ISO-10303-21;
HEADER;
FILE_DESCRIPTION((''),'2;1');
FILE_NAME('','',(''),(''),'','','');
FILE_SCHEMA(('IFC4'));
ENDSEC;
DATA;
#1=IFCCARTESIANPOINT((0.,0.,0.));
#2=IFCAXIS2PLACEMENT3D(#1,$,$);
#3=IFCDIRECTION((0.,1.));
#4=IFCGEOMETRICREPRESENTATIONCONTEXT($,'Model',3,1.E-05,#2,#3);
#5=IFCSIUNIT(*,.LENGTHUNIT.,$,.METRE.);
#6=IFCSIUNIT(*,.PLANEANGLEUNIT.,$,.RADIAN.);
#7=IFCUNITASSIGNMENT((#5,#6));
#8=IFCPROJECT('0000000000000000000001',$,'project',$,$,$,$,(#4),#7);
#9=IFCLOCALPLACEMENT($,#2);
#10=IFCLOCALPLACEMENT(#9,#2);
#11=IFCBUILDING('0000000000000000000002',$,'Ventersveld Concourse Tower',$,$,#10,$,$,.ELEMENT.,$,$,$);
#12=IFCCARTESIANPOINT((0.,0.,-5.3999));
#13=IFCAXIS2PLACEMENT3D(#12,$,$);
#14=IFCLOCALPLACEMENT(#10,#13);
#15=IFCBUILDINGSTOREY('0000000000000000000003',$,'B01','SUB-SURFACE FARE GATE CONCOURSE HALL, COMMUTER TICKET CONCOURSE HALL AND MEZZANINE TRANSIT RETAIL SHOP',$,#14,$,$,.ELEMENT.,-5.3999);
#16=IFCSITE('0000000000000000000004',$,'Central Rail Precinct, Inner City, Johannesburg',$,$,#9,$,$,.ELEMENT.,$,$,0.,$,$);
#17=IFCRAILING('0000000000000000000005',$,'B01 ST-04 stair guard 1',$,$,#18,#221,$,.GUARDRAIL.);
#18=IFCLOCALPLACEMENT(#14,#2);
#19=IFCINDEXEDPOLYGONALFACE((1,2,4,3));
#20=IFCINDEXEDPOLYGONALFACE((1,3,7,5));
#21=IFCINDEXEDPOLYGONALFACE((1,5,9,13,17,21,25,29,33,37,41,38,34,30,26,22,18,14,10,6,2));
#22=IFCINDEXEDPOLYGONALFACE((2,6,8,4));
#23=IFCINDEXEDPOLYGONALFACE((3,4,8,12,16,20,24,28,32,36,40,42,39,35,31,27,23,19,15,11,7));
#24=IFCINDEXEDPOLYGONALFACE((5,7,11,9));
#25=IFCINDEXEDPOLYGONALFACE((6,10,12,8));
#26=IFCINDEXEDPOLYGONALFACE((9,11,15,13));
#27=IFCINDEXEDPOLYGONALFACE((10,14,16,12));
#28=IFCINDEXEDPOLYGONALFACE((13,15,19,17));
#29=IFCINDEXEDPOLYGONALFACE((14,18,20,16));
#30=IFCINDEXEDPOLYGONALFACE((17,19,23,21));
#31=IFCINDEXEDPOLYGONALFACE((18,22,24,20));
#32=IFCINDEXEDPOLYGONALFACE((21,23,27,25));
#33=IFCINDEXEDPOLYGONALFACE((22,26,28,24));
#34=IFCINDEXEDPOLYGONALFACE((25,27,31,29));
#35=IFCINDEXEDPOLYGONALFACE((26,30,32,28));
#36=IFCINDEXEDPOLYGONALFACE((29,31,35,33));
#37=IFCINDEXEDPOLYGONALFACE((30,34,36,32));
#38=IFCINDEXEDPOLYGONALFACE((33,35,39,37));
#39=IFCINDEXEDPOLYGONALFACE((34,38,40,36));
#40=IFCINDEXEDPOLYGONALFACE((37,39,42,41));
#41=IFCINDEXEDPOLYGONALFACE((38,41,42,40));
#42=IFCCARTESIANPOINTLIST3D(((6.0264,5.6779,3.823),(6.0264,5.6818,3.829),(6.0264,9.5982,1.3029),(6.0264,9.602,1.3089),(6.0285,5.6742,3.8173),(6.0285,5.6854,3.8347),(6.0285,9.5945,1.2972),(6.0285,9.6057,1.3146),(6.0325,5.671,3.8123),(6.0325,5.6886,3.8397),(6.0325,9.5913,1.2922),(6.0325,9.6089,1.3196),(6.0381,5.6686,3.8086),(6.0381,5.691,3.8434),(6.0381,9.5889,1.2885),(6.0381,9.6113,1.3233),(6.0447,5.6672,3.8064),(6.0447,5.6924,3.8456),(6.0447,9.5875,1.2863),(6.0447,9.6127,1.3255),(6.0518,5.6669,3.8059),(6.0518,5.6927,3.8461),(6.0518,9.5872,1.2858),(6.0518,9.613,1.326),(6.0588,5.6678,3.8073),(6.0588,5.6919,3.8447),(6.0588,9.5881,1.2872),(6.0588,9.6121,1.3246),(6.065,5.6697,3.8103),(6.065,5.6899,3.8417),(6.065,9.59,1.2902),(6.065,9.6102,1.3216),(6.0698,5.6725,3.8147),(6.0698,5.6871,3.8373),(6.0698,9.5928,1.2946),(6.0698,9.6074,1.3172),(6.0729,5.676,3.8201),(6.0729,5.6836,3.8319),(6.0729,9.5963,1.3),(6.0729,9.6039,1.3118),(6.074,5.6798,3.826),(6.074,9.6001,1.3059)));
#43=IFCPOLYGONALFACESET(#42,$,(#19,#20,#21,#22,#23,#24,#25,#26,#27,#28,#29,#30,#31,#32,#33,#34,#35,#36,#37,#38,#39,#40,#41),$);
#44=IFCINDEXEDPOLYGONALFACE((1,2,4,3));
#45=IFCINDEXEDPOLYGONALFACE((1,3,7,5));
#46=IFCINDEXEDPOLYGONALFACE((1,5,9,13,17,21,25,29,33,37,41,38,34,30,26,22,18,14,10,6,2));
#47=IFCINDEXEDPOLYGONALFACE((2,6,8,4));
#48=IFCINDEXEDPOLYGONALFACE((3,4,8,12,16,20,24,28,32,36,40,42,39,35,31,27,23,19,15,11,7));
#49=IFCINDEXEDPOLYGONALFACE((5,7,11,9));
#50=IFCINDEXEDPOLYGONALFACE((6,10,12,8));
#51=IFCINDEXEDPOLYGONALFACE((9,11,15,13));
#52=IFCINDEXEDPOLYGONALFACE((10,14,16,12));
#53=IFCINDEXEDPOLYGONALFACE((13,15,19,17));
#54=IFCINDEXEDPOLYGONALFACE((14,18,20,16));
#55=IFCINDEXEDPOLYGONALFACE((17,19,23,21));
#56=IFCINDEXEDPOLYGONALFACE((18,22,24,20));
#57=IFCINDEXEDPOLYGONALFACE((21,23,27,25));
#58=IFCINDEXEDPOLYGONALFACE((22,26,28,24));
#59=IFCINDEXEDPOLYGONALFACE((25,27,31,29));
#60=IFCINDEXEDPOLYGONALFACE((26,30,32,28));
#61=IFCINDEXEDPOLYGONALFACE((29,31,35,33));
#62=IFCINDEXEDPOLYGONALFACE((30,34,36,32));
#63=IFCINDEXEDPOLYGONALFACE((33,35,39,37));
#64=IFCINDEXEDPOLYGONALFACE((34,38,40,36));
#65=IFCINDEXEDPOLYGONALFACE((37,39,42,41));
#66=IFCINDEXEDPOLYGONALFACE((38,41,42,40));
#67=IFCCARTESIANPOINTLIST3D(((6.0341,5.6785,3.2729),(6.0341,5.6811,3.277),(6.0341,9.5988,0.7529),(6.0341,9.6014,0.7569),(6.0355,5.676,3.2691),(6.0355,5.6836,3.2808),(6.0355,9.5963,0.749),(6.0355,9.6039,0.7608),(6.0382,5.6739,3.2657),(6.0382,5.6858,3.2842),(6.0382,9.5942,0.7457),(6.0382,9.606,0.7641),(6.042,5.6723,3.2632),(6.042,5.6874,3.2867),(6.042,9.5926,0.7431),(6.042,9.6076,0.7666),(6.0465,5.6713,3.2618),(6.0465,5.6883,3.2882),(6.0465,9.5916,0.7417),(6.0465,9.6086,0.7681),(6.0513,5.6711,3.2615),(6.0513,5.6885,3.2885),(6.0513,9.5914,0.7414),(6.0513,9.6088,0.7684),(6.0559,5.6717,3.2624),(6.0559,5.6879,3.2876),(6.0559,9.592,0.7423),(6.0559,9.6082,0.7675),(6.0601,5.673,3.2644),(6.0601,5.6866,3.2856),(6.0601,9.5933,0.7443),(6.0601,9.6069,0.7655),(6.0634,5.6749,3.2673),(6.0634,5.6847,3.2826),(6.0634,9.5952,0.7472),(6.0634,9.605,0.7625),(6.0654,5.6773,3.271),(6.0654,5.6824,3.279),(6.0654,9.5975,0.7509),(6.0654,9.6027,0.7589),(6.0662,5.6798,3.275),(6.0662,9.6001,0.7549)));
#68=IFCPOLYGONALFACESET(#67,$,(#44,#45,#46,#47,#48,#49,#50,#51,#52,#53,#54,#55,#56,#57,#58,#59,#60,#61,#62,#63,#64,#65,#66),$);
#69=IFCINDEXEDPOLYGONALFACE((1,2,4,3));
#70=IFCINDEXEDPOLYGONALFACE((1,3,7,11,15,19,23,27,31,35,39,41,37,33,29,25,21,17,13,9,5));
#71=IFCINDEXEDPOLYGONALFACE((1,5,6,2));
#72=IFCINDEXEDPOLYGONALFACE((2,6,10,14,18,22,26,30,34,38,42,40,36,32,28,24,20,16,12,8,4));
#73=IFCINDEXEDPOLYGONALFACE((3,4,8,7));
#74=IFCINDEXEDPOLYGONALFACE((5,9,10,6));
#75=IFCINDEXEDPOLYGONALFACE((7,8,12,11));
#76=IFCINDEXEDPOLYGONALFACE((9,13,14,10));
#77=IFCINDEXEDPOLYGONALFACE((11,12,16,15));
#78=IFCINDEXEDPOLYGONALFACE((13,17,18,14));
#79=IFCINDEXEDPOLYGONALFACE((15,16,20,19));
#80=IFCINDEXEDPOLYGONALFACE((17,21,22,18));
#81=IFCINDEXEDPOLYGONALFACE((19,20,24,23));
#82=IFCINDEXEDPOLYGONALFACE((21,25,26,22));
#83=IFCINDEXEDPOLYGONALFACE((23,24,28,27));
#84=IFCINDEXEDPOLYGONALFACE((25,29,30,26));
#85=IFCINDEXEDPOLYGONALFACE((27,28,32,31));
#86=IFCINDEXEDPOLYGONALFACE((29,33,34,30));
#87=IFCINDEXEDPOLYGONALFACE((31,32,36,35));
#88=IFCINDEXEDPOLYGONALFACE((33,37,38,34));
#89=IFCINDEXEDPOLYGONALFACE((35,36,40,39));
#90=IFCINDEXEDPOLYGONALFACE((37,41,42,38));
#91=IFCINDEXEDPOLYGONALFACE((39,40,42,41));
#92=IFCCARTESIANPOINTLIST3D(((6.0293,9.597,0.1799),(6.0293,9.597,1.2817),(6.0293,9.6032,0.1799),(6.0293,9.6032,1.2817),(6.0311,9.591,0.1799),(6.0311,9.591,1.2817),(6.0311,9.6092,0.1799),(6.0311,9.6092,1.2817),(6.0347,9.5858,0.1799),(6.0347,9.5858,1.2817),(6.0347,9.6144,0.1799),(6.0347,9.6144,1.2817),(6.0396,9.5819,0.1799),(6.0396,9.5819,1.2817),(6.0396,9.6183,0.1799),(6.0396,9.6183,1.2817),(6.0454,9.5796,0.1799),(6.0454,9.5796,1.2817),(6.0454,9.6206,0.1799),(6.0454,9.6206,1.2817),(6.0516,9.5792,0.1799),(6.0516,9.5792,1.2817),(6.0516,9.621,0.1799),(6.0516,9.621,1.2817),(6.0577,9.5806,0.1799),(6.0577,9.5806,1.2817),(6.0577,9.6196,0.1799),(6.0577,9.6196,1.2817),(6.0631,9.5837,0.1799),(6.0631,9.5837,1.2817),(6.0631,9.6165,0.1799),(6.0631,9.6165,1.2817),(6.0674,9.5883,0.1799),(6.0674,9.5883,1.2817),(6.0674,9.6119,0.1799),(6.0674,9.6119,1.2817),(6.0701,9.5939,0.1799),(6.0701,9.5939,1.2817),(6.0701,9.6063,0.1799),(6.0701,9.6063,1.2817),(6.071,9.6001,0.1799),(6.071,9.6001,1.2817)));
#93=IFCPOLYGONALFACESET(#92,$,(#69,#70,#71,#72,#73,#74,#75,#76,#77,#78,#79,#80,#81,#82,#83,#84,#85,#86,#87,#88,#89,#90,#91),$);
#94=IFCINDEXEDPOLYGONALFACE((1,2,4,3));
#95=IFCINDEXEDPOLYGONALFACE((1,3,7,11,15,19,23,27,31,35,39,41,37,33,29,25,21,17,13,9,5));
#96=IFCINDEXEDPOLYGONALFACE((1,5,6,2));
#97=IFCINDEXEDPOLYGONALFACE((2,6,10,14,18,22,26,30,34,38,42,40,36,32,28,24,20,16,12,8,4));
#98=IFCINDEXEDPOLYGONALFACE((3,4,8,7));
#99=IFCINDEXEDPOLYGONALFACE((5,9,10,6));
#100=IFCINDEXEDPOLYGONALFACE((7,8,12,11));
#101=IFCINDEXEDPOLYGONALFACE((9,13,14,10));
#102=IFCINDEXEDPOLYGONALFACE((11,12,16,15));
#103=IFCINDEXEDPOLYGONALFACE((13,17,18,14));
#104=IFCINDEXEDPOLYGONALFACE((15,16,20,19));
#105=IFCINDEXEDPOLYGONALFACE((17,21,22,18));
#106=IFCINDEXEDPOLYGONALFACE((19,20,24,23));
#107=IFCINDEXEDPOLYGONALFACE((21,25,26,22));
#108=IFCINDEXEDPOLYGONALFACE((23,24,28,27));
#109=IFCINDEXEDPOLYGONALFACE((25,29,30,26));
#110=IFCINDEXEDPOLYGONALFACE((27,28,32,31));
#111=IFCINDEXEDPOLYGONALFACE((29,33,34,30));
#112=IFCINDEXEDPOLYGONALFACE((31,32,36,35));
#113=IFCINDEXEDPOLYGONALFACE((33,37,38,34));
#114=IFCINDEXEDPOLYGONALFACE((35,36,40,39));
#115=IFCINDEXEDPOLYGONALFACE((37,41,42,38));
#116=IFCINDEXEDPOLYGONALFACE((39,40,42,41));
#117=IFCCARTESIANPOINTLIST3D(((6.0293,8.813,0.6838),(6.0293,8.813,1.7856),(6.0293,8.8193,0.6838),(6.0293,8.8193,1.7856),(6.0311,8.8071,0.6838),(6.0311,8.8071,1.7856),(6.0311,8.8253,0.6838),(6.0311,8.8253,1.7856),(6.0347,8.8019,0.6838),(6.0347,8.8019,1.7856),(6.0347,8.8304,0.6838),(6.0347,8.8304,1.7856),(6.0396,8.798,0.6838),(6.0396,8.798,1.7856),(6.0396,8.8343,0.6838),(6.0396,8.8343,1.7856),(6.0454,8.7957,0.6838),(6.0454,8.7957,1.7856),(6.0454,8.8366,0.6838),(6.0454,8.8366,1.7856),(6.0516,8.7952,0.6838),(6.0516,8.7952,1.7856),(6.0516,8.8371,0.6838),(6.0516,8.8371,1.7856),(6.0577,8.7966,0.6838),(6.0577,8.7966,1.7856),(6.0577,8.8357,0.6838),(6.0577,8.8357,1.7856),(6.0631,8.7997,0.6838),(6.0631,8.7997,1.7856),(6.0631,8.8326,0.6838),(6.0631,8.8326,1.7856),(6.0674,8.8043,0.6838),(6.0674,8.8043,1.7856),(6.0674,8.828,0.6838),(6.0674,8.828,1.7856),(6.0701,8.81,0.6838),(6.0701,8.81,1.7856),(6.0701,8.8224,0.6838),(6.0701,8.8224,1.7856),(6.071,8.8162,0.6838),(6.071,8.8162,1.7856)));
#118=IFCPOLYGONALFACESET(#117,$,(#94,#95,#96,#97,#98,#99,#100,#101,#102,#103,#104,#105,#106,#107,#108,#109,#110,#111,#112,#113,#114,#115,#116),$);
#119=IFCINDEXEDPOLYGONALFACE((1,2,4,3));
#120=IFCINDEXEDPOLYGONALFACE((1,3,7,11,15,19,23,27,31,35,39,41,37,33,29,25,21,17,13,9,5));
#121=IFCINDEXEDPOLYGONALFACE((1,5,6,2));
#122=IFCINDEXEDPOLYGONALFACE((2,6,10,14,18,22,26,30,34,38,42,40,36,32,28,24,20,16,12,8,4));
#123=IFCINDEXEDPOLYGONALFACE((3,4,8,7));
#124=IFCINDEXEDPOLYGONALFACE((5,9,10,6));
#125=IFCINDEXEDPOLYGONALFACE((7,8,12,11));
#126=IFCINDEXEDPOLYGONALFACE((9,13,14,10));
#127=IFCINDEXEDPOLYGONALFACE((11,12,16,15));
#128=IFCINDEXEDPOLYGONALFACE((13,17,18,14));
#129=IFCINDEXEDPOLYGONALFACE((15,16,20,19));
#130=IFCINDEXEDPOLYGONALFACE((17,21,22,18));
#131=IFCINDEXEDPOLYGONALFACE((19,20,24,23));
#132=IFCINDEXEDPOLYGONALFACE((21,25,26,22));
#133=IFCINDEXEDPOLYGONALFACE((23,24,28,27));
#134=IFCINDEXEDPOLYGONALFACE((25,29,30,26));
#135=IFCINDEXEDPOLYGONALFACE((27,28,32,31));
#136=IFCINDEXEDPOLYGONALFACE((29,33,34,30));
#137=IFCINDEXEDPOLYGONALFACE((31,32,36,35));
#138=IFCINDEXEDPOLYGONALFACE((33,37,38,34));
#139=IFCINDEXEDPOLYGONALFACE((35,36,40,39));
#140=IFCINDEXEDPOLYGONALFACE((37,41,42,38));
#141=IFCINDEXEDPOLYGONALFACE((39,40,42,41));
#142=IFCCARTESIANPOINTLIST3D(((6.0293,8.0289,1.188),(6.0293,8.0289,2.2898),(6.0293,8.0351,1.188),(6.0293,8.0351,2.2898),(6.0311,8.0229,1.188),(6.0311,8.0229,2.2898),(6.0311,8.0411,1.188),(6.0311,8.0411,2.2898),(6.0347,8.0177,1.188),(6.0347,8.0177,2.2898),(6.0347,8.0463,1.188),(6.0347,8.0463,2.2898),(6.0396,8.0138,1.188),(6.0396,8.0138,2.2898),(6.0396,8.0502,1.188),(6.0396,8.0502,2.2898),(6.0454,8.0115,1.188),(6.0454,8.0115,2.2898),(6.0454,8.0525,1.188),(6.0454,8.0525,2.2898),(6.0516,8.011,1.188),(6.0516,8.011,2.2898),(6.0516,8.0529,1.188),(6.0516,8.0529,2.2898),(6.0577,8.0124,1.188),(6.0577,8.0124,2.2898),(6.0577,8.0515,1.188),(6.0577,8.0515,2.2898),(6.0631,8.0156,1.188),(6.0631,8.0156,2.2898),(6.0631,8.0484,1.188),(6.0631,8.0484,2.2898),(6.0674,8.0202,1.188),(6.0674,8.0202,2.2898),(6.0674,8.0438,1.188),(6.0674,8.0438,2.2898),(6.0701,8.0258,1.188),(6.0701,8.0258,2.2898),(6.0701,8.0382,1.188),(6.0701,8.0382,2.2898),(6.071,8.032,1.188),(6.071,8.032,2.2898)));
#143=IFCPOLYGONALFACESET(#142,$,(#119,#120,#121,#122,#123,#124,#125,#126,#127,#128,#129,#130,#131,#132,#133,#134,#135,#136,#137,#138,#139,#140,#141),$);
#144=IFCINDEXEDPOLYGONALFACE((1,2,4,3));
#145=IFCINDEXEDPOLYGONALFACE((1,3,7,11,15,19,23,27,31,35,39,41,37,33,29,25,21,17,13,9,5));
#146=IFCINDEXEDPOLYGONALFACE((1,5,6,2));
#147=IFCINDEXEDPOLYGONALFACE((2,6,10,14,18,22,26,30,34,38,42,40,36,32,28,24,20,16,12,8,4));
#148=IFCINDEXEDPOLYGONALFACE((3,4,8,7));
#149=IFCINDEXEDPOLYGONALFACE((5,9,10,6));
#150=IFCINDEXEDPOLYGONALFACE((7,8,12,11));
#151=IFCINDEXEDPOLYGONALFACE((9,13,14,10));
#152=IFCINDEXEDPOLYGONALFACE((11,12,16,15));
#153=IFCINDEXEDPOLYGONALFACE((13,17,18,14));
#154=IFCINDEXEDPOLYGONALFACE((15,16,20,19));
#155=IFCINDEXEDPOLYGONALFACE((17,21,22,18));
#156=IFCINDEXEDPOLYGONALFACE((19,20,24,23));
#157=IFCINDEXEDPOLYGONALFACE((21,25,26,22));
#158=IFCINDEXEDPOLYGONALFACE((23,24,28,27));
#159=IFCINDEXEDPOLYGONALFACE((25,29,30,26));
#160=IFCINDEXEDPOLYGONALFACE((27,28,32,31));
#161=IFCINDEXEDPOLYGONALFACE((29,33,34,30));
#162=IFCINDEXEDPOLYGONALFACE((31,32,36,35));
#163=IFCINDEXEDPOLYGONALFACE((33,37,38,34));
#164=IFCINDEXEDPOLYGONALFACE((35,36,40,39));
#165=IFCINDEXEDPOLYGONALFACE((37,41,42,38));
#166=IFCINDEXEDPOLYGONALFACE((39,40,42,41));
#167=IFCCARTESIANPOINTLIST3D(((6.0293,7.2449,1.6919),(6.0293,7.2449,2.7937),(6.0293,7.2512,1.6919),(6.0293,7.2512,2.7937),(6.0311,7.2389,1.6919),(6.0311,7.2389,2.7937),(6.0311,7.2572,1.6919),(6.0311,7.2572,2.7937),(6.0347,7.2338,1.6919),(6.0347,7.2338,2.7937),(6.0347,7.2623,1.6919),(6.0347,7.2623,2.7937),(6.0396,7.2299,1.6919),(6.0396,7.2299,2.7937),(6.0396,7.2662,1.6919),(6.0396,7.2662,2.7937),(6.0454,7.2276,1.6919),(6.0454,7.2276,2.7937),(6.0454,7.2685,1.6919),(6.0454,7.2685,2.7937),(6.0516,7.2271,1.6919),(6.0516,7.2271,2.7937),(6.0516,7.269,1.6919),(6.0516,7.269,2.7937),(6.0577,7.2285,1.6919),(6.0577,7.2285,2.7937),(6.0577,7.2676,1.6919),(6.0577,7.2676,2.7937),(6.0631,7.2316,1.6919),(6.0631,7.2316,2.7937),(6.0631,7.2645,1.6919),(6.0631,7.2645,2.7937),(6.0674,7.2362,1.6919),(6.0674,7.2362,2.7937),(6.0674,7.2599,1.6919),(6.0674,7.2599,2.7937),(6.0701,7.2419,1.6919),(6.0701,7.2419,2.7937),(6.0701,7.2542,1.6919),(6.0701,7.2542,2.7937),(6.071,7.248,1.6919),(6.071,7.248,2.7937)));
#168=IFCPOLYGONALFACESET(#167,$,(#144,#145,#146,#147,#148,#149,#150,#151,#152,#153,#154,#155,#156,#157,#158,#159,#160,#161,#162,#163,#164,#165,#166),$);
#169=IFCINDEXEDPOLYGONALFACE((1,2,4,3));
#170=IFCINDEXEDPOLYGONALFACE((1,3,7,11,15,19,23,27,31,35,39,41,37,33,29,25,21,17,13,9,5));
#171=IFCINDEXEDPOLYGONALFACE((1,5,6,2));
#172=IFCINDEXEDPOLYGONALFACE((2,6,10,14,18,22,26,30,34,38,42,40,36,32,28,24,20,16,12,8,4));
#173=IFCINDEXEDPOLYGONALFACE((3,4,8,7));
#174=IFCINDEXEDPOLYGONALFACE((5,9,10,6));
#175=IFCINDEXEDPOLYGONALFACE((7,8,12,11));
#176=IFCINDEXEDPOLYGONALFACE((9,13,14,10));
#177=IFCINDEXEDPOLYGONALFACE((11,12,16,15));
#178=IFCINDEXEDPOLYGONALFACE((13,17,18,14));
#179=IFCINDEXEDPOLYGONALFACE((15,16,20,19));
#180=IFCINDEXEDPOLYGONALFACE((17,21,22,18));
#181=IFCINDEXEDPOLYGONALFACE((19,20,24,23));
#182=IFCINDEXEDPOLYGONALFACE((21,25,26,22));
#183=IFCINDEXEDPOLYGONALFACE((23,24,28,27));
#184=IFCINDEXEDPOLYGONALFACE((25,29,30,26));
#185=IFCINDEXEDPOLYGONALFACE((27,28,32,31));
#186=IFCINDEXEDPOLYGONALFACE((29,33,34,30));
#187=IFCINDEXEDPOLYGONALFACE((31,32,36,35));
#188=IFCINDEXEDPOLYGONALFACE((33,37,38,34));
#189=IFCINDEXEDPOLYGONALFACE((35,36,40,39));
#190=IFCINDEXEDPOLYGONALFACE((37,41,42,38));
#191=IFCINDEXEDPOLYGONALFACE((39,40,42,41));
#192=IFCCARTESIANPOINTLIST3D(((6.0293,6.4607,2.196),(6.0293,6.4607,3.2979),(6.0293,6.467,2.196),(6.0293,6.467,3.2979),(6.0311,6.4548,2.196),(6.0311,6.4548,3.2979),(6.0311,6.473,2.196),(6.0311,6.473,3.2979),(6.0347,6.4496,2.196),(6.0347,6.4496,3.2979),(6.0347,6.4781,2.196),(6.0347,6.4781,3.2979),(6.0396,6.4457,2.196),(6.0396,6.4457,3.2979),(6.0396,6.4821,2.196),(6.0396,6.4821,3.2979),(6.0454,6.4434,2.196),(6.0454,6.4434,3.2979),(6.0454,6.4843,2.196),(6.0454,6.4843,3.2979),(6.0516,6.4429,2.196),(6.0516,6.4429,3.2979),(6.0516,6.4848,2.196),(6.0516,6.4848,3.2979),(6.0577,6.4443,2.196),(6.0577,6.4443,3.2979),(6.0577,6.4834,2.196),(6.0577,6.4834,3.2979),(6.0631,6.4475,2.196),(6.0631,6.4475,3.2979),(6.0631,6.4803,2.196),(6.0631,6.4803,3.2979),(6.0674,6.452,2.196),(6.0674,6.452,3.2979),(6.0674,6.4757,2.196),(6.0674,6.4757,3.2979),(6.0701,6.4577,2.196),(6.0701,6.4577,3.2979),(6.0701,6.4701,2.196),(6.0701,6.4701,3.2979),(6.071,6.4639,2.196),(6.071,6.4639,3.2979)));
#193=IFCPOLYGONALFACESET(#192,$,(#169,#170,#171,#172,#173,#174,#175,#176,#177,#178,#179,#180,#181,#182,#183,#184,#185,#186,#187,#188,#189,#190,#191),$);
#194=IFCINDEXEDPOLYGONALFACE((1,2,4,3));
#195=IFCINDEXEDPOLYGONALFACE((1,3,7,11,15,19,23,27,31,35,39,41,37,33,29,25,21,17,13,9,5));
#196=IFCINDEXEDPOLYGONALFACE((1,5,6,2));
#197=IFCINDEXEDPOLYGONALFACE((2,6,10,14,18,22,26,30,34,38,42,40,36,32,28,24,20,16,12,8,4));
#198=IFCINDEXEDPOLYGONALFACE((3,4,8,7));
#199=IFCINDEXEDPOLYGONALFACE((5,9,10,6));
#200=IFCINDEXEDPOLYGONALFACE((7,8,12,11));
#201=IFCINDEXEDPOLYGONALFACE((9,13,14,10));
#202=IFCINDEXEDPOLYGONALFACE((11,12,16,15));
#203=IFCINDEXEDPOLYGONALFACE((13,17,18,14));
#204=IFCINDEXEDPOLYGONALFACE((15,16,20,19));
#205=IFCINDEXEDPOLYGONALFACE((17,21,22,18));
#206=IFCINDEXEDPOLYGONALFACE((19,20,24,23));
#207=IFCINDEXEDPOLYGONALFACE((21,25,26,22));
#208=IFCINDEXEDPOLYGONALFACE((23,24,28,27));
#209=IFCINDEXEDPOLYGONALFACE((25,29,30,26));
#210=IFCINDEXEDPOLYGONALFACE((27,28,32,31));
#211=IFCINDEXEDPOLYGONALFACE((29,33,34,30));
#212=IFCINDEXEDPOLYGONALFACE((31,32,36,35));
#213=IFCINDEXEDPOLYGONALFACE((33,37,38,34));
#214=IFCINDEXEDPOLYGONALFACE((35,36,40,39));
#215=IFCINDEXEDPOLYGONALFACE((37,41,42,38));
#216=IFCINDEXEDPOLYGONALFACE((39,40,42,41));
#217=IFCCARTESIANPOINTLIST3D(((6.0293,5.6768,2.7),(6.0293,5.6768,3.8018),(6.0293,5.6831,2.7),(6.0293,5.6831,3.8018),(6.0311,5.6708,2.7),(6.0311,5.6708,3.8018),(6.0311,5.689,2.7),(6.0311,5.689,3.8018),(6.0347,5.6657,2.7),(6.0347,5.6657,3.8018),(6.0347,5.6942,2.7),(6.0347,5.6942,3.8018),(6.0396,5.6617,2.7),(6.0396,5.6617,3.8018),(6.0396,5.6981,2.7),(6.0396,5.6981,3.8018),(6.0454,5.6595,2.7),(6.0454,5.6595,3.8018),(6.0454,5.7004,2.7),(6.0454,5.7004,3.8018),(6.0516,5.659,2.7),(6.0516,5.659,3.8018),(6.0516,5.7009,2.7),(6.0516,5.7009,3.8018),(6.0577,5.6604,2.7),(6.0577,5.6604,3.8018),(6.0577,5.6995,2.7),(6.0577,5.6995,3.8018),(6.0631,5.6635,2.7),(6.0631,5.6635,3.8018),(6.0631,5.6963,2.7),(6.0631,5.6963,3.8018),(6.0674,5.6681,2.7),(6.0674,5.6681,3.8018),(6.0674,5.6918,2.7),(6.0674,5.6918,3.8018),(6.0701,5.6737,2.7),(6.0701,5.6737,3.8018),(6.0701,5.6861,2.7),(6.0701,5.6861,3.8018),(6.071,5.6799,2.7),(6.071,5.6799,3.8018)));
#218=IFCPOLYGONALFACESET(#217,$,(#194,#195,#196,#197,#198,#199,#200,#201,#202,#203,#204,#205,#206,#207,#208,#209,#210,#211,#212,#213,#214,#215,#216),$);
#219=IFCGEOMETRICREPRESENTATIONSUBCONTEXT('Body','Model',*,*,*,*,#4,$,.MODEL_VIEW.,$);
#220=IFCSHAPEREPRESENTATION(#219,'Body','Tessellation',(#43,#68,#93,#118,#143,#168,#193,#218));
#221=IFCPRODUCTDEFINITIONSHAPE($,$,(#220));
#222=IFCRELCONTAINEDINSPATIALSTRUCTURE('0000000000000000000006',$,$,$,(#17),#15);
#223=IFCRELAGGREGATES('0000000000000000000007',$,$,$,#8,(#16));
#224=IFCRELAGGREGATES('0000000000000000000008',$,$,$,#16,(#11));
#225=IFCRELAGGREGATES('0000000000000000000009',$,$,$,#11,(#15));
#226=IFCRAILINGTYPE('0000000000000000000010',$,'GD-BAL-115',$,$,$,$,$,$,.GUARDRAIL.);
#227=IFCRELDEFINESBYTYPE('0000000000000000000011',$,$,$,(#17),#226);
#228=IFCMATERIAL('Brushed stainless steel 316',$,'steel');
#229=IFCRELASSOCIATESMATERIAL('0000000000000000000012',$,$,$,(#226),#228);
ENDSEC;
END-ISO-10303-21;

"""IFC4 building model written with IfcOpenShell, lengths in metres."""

from ifc_helpers import new_model, si_unit, direction, frame, origin, origin_2d, place, context, subcontext, project, spatial, circle, extrude, material, type_object, element, save


model = new_model("IFC4")

# Units and contexts
model_context = context("Model", 3, precision=1e-05, world=origin(), true_north=direction((0.0, 1.0)))
body_context = subcontext(model_context, "Body", "Model", "MODEL_VIEW")
ifc_project = project(units=[si_unit("LENGTHUNIT", "METRE"), si_unit("PLANEANGLEUNIT", "RADIAN")], contexts=[model_context])

# Site, building, storey
site_placement = place(None, origin())
site = spatial("IfcSite", under=ifc_project, at=site_placement, Name="Central Rail Precinct, Inner City, Johannesburg", CompositionType="ELEMENT", RefElevation=0.0)
building_placement = place(site_placement, origin())
building = spatial("IfcBuilding", under=site, at=building_placement, Name="Ventersveld Concourse Tower", CompositionType="ELEMENT")
storey_placement = place(building_placement, frame((0.0, 0.0, -5.3999)))
storey = spatial("IfcBuildingStorey", under=building, at=storey_placement, Name="B01", Description="SUB-SURFACE FARE GATE CONCOURSE HALL, COMMUTER TICKET CONCOURSE HALL AND MEZZANINE TRANSIT RETAIL SHOP", CompositionType="ELEMENT", Elevation=-5.3999)

# Shared definitions
ifc_material_1 = material(Name="Brushed stainless steel 316", Category="steel")

# Railing
railing_type_1 = type_object("IfcRailingType", Name="GD-BAL-115", PredefinedType="GUARDRAIL", material=ifc_material_1)
railing_1_placement = place(storey_placement, frame((6.05, 9.6001, 0.1799)))
element("IfcRailing", 1, at=railing_1_placement, inside=storey, type_object=railing_type_1, Name="B01 ST-04 stair guard 1", PredefinedType="GUARDRAIL", context=body_context, shape_type="SweptSolid", body=[
    extrude(circle(Radius=0.0239, at=origin_2d()), frame((0.0, 0.0, 1.126), z_axis=(0.0, -0.841187, 0.540744), x_axis=(1.0, 0.0, 0.0)), (0.0, 0.0, 1.0), 4.6604),
    extrude(circle(Radius=0.0161, at=origin_2d()), frame((0.0, 0.0, 0.575), z_axis=(0.0, -0.841187, 0.540744), x_axis=(1.0, 0.0, 0.0)), (0.0, 0.0, 1.0), 4.6604),
    extrude(circle(Radius=0.021, at=origin_2d()), origin(), (0.0, 0.0, 1.0), 1.1018),
    extrude(circle(Radius=0.021, at=origin_2d()), frame((0.0, -0.7839, 0.5039)), (0.0, 0.0, 1.0), 1.1018),
    extrude(circle(Radius=0.021, at=origin_2d()), frame((0.0, -1.5681, 1.0081)), (0.0, 0.0, 1.0), 1.1018),
    extrude(circle(Radius=0.021, at=origin_2d()), frame((0.0, -2.3521, 1.512)), (0.0, 0.0, 1.0), 1.1018),
    extrude(circle(Radius=0.021, at=origin_2d()), frame((0.0, -3.1362, 2.0161)), (0.0, 0.0, 1.0), 1.1018),
    extrude(circle(Radius=0.021, at=origin_2d()), frame((0.0, -3.9202, 2.52)), (0.0, 0.0, 1.0), 1.1018),
])

save(model, "model.ifc")
